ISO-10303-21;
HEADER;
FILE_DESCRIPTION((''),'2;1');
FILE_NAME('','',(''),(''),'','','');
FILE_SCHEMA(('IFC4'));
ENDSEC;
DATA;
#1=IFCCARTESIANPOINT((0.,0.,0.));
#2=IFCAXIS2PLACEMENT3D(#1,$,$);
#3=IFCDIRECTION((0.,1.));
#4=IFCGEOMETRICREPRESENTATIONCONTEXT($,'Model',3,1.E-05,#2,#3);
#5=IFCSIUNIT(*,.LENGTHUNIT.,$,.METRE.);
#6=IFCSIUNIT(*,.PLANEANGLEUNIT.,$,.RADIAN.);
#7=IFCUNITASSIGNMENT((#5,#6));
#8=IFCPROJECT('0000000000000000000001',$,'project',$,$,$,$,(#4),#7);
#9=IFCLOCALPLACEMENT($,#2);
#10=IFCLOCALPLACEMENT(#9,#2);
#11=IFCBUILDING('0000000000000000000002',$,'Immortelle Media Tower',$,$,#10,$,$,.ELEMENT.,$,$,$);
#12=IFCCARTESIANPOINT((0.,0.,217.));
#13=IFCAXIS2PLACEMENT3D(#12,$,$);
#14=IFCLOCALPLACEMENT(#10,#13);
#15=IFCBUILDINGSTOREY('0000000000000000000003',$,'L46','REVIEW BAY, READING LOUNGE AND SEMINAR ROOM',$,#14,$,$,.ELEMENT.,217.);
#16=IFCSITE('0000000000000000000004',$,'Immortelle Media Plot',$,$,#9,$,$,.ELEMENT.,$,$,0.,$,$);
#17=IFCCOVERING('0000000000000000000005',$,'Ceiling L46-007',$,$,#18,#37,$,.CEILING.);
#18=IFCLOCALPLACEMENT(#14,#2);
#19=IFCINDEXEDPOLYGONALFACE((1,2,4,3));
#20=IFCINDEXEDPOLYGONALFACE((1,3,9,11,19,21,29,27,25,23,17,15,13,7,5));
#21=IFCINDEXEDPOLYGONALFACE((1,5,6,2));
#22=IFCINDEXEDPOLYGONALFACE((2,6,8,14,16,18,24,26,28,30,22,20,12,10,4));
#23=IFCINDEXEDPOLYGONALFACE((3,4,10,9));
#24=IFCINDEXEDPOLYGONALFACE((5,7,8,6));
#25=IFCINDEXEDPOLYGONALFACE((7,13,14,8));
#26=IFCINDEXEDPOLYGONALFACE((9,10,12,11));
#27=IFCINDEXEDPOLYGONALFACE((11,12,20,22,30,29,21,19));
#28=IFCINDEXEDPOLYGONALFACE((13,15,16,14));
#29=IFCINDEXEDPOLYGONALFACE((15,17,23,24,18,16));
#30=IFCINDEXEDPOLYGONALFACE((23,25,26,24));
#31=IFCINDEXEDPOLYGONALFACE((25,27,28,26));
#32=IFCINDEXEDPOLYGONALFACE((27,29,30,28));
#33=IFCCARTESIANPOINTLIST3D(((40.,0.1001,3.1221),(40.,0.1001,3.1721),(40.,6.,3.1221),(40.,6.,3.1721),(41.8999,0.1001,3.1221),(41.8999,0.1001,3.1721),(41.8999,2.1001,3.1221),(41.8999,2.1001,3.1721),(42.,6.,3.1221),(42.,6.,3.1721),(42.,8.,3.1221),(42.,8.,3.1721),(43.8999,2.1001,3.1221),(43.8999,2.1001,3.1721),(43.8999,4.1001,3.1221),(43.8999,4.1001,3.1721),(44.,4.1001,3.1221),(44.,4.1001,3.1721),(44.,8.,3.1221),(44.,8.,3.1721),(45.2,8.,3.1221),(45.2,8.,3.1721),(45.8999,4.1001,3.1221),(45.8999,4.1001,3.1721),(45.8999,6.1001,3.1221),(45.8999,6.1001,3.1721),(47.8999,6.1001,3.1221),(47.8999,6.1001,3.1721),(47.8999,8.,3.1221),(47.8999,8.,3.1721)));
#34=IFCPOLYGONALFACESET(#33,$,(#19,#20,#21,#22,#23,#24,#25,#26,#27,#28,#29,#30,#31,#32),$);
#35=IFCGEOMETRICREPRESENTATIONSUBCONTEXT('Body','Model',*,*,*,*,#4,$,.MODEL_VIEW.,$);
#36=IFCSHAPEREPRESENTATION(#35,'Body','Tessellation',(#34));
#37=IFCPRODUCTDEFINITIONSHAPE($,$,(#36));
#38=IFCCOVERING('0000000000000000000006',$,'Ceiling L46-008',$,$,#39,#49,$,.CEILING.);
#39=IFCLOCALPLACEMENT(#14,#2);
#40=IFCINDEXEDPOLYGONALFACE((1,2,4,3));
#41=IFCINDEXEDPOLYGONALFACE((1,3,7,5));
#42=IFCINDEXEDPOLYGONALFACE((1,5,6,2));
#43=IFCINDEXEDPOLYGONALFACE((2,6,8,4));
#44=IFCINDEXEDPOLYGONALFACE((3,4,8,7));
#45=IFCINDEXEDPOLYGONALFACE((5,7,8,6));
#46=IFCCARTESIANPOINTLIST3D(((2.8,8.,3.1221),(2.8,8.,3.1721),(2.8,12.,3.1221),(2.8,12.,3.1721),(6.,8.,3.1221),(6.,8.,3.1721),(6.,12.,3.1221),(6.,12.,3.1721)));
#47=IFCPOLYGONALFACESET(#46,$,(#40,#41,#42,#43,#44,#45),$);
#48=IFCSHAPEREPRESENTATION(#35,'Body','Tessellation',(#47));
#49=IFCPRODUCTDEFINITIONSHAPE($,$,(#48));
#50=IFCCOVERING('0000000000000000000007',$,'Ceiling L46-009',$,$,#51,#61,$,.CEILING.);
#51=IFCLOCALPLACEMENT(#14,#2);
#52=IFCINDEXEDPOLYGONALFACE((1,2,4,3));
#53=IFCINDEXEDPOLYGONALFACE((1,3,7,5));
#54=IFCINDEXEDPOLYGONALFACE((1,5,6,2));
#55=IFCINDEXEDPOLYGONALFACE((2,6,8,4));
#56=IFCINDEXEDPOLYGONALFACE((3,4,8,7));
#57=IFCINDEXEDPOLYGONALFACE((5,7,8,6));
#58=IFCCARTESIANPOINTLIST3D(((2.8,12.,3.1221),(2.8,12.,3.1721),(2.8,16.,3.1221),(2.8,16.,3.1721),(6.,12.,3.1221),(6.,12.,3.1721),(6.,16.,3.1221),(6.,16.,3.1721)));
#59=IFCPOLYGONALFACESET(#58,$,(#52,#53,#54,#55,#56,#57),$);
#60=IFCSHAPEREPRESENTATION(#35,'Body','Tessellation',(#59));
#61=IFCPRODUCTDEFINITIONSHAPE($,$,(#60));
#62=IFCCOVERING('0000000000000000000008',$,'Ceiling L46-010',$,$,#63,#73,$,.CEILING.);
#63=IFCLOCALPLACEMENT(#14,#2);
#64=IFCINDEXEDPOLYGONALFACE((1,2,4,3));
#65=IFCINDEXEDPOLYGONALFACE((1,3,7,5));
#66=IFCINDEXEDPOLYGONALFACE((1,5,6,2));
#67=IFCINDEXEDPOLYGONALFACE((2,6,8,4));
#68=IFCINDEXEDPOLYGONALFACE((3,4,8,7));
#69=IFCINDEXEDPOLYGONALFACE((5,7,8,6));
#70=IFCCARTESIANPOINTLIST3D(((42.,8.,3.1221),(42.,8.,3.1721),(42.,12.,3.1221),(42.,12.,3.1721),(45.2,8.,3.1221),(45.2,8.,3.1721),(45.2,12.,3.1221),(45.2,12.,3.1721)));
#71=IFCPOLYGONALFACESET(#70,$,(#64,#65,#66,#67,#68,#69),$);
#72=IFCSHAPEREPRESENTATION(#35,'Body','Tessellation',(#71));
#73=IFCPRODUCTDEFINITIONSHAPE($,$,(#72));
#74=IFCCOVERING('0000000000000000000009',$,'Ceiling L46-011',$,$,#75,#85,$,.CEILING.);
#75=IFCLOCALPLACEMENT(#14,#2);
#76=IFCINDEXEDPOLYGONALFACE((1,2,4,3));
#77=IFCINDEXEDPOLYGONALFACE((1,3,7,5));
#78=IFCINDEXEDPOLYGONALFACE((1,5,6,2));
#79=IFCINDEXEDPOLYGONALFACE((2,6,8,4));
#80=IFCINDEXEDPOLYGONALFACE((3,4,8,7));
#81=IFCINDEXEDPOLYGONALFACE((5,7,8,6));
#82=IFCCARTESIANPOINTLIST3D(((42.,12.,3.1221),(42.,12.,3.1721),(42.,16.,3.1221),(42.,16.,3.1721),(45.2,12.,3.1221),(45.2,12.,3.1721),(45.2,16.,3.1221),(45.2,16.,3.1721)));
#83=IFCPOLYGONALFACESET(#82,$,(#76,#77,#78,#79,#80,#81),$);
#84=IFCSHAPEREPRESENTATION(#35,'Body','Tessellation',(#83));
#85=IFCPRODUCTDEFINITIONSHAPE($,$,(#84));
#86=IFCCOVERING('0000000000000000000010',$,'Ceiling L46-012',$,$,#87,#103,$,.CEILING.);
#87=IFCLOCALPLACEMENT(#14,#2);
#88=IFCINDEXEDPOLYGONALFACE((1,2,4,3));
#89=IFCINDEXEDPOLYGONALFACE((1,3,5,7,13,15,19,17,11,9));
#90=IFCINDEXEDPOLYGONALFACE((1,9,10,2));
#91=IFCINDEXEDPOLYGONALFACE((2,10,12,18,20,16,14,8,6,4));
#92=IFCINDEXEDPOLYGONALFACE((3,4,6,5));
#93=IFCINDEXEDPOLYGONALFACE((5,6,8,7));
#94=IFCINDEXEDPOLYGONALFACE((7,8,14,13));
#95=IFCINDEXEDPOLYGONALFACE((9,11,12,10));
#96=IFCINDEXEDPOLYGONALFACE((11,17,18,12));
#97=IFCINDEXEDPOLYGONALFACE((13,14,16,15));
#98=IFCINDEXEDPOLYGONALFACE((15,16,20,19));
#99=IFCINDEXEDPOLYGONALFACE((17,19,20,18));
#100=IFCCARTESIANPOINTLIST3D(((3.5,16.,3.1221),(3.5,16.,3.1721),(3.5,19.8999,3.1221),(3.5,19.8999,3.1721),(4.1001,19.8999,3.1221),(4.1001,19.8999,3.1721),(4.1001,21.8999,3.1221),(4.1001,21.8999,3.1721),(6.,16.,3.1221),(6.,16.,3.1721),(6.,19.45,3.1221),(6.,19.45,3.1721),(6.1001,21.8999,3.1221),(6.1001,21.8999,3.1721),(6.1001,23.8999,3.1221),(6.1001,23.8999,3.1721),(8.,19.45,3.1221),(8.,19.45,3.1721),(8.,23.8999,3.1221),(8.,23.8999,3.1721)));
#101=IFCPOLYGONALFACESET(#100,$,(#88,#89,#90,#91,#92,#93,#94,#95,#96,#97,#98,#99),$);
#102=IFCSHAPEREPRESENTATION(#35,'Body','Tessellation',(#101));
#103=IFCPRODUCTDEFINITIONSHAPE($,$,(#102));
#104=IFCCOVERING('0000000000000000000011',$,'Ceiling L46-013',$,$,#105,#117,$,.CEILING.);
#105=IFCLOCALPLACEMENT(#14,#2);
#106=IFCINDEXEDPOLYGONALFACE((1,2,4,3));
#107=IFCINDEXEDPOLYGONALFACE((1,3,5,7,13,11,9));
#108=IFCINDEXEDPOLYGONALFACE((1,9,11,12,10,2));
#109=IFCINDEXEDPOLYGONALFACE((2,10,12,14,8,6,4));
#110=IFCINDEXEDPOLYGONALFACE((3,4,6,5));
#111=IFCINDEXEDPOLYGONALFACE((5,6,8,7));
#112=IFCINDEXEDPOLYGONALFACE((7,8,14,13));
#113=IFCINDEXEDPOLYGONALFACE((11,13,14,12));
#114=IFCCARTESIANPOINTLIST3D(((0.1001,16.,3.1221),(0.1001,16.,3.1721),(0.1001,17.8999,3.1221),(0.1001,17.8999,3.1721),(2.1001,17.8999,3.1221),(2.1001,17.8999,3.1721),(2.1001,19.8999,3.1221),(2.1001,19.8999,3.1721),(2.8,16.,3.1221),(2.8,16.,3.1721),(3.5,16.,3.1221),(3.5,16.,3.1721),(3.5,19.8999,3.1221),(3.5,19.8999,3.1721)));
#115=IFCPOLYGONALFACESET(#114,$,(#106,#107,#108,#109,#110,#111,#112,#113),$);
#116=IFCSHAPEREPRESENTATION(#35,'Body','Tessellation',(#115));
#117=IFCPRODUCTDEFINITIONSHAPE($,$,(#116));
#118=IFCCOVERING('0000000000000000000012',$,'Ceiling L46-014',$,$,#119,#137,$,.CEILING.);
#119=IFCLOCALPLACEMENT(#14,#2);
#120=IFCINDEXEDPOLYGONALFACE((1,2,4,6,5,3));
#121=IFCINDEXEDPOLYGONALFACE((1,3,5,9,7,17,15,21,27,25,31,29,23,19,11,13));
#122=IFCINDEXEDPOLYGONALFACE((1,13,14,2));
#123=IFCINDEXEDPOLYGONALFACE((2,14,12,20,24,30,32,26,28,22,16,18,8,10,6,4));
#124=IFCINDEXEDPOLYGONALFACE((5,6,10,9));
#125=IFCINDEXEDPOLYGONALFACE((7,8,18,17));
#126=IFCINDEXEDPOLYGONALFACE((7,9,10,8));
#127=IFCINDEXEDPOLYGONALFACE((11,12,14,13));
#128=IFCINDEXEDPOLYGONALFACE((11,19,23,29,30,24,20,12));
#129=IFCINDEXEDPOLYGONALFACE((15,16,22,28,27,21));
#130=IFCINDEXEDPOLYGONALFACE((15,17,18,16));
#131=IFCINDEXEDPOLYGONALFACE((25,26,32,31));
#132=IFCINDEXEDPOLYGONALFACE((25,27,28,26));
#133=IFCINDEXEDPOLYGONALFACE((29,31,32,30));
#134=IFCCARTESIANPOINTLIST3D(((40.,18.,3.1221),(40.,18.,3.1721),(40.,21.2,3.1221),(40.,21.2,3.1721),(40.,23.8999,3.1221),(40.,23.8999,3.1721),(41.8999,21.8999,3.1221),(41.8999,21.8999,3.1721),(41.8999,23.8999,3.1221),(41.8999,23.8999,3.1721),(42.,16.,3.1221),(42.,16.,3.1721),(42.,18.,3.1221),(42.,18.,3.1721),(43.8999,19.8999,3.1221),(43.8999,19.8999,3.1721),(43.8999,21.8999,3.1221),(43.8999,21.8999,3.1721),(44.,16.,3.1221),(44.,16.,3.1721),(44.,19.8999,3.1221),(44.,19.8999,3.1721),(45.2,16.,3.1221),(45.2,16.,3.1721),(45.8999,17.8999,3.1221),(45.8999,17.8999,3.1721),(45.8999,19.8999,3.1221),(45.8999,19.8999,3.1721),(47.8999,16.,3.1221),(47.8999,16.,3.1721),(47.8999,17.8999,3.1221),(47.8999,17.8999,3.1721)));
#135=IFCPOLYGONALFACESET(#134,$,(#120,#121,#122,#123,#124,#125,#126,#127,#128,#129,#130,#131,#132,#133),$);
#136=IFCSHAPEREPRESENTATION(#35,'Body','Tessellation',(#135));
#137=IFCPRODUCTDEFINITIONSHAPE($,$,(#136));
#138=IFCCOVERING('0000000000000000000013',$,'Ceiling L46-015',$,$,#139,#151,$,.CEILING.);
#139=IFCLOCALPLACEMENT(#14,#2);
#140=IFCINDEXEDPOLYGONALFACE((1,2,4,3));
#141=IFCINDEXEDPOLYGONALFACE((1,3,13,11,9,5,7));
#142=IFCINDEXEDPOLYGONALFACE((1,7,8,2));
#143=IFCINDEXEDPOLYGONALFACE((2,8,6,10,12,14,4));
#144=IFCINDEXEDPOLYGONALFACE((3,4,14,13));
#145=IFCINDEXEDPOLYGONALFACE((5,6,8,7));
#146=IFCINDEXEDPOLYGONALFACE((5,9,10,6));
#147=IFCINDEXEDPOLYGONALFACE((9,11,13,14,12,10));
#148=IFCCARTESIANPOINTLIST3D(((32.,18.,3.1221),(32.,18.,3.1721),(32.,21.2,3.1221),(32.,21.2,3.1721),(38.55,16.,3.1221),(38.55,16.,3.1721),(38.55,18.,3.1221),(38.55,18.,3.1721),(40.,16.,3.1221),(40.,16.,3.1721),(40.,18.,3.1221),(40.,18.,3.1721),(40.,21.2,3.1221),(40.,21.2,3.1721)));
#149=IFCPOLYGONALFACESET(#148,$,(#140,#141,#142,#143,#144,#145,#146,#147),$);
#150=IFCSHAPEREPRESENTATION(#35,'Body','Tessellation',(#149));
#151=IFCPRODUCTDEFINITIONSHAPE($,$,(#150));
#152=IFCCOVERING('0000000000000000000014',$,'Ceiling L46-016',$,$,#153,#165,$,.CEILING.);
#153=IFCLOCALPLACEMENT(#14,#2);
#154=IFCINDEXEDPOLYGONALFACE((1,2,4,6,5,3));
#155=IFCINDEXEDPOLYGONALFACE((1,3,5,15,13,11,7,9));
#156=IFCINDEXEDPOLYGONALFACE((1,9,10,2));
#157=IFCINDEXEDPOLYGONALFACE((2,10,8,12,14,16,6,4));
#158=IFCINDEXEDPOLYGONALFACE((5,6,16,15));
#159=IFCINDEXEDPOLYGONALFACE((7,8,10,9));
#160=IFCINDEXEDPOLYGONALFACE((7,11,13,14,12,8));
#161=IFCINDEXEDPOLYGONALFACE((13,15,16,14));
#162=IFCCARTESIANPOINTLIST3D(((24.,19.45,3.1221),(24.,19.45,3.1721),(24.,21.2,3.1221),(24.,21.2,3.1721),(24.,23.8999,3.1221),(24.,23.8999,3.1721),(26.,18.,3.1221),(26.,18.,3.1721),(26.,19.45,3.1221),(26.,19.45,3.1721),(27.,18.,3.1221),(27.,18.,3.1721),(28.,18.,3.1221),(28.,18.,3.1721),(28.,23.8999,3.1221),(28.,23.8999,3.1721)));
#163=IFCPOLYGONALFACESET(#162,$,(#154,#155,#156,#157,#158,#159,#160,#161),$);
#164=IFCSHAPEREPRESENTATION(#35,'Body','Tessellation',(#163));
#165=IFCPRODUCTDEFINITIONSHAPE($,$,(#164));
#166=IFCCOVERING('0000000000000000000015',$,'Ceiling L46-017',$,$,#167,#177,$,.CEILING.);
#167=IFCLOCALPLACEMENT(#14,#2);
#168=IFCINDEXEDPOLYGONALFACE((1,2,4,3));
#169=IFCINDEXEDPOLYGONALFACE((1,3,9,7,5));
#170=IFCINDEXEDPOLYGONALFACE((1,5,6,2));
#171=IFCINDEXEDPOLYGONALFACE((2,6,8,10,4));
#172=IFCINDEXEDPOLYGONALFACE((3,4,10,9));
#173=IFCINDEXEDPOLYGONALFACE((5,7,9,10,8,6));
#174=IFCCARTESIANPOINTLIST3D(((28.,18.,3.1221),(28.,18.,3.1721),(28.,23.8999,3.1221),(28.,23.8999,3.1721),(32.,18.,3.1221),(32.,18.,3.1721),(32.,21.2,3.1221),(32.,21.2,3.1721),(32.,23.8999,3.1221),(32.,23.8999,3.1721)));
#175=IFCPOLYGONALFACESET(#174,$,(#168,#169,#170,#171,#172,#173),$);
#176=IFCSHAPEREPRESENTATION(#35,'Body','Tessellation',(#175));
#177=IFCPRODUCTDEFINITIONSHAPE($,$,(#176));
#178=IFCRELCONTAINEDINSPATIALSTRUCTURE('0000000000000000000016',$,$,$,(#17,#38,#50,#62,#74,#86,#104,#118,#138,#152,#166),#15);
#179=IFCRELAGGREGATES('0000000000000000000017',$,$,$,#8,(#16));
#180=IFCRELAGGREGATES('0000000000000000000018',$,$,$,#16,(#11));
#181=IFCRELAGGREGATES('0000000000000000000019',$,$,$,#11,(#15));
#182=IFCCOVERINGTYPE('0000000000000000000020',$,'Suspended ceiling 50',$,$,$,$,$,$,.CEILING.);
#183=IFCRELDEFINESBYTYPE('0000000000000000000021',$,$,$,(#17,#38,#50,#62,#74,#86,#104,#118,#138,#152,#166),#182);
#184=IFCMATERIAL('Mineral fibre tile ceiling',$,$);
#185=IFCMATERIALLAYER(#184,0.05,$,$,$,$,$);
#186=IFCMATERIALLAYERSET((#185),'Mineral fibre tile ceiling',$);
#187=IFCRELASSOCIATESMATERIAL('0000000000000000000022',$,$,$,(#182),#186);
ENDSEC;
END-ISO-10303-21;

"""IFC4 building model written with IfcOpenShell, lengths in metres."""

from ifc_helpers import new_model, si_unit, direction, frame, origin, place, context, subcontext, project, spatial, polyline, outline, extrude, material, layer, layer_set, type_object, element, save


model = new_model("IFC4")

# Units and contexts
model_context = context("Model", 3, precision=1e-05, world=origin(), true_north=direction((0.0, 1.0)))
body_context = subcontext(model_context, "Body", "Model", "MODEL_VIEW")
ifc_project = project(units=[si_unit("LENGTHUNIT", "METRE"), si_unit("PLANEANGLEUNIT", "RADIAN")], contexts=[model_context])

# Site, building, storey
site_placement = place(None, origin())
site = spatial("IfcSite", under=ifc_project, at=site_placement, Name="Immortelle Media Plot", CompositionType="ELEMENT", RefElevation=0.0)
building_placement = place(site_placement, origin())
building = spatial("IfcBuilding", under=site, at=building_placement, Name="Immortelle Media Tower", CompositionType="ELEMENT")
storey_placement = place(building_placement, frame((0.0, 0.0, 217.0)))
storey = spatial("IfcBuildingStorey", under=building, at=storey_placement, Name="L46", Description="REVIEW BAY, READING LOUNGE AND SEMINAR ROOM", CompositionType="ELEMENT", Elevation=217.0)

# Coverings
ifc_material_1 = material(Name="Mineral fibre tile ceiling")
ifc_layer_1 = layer(ifc_material_1, 0.05)
ifc_layer_set_1 = layer_set([ifc_layer_1], Name="Mineral fibre tile ceiling")
covering_type = type_object("IfcCoveringType", Name="Suspended ceiling 50", PredefinedType="CEILING", material=ifc_layer_set_1)
covering_1_placement = place(storey_placement, frame((0.0, 0.0, 3.1221)))
element("IfcCovering", 1, at=covering_1_placement, inside=storey, type_object=covering_type, Name="Ceiling L46-007", PredefinedType="CEILING", context=body_context, shape_type="SweptSolid", body=[
    extrude(outline(polyline([(43.8999, 2.1001), (41.8999, 2.1001), (41.8999, 0.1001), (40.0, 0.1001), (40.0, 6.0), (42.0, 6.0), (42.0, 8.0), (44.0, 8.0), (45.2, 8.0), (47.8999, 8.0), (47.8999, 6.1001), (45.8999, 6.1001), (45.8999, 4.1001), (44.0, 4.1001), (43.8999, 4.1001), (43.8999, 2.1001)])), origin(), (0.0, 0.0, 1.0), 0.05),
])
covering_2_placement = place(storey_placement, frame((0.0, 0.0, 3.1221)))
element("IfcCovering", 2, at=covering_2_placement, inside=storey, type_object=covering_type, Name="Ceiling L46-008", PredefinedType="CEILING", context=body_context, shape_type="SweptSolid", body=[
    extrude(outline(polyline([(2.8, 8.0), (2.8, 12.0), (6.0, 12.0), (6.0, 8.0), (2.8, 8.0)])), origin(), (0.0, 0.0, 1.0), 0.05),
])
covering_3_placement = place(storey_placement, frame((0.0, 0.0, 3.1221)))
element("IfcCovering", 3, at=covering_3_placement, inside=storey, type_object=covering_type, Name="Ceiling L46-009", PredefinedType="CEILING", context=body_context, shape_type="SweptSolid", body=[
    extrude(outline(polyline([(2.8, 16.0), (6.0, 16.0), (6.0, 12.0), (2.8, 12.0), (2.8, 16.0)])), origin(), (0.0, 0.0, 1.0), 0.05),
])
covering_4_placement = place(storey_placement, frame((0.0, 0.0, 3.1221)))
element("IfcCovering", 4, at=covering_4_placement, inside=storey, type_object=covering_type, Name="Ceiling L46-010", PredefinedType="CEILING", context=body_context, shape_type="SweptSolid", body=[
    extrude(outline(polyline([(42.0, 8.0), (42.0, 12.0), (45.2, 12.0), (45.2, 8.0), (42.0, 8.0)])), origin(), (0.0, 0.0, 1.0), 0.05),
])
covering_5_placement = place(storey_placement, frame((0.0, 0.0, 3.1221)))
element("IfcCovering", 5, at=covering_5_placement, inside=storey, type_object=covering_type, Name="Ceiling L46-011", PredefinedType="CEILING", context=body_context, shape_type="SweptSolid", body=[
    extrude(outline(polyline([(42.0, 16.0), (45.2, 16.0), (45.2, 12.0), (42.0, 12.0), (42.0, 16.0)])), origin(), (0.0, 0.0, 1.0), 0.05),
])
covering_6_placement = place(storey_placement, frame((0.0, 0.0, 3.1221)))
element("IfcCovering", 6, at=covering_6_placement, inside=storey, type_object=covering_type, Name="Ceiling L46-012", PredefinedType="CEILING", context=body_context, shape_type="SweptSolid", body=[
    extrude(outline(polyline([(6.0, 16.0), (3.5, 16.0), (3.5, 19.8999), (4.1001, 19.8999), (4.1001, 21.8999), (6.1001, 21.8999), (6.1001, 23.8999), (8.0, 23.8999), (8.0, 19.45), (6.0, 19.45), (6.0, 16.0)])), origin(), (0.0, 0.0, 1.0), 0.05),
])
covering_7_placement = place(storey_placement, frame((0.0, 0.0, 3.1221)))
element("IfcCovering", 7, at=covering_7_placement, inside=storey, type_object=covering_type, Name="Ceiling L46-013", PredefinedType="CEILING", context=body_context, shape_type="SweptSolid", body=[
    extrude(outline(polyline([(2.8, 16.0), (0.1001, 16.0), (0.1001, 17.8999), (2.1001, 17.8999), (2.1001, 19.8999), (3.5, 19.8999), (3.5, 16.0), (2.8, 16.0)])), origin(), (0.0, 0.0, 1.0), 0.05),
])
covering_8_placement = place(storey_placement, frame((0.0, 0.0, 3.1221)))
element("IfcCovering", 8, at=covering_8_placement, inside=storey, type_object=covering_type, Name="Ceiling L46-014", PredefinedType="CEILING", context=body_context, shape_type="SweptSolid", body=[
    extrude(outline(polyline([(45.8999, 19.8999), (45.8999, 17.8999), (47.8999, 17.8999), (47.8999, 16.0), (45.2, 16.0), (44.0, 16.0), (42.0, 16.0), (42.0, 18.0), (40.0, 18.0), (40.0, 21.2), (40.0, 23.8999), (41.8999, 23.8999), (41.8999, 21.8999), (43.8999, 21.8999), (43.8999, 19.8999), (44.0, 19.8999), (45.8999, 19.8999)])), origin(), (0.0, 0.0, 1.0), 0.05),
])
covering_9_placement = place(storey_placement, frame((0.0, 0.0, 3.1221)))
element("IfcCovering", 9, at=covering_9_placement, inside=storey, type_object=covering_type, Name="Ceiling L46-015", PredefinedType="CEILING", context=body_context, shape_type="SweptSolid", body=[
    extrude(outline(polyline([(38.55, 16.0), (38.55, 18.0), (32.0, 18.0), (32.0, 21.2), (40.0, 21.2), (40.0, 18.0), (40.0, 16.0), (38.55, 16.0)])), origin(), (0.0, 0.0, 1.0), 0.05),
])
covering_10_placement = place(storey_placement, frame((0.0, 0.0, 3.1221)))
element("IfcCovering", 10, at=covering_10_placement, inside=storey, type_object=covering_type, Name="Ceiling L46-016", PredefinedType="CEILING", context=body_context, shape_type="SweptSolid", body=[
    extrude(outline(polyline([(26.0, 18.0), (26.0, 19.45), (24.0, 19.45), (24.0, 21.2), (24.0, 23.8999), (28.0, 23.8999), (28.0, 18.0), (27.0, 18.0), (26.0, 18.0)])), origin(), (0.0, 0.0, 1.0), 0.05),
])
covering_11_placement = place(storey_placement, frame((0.0, 0.0, 3.1221)))
element("IfcCovering", 11, at=covering_11_placement, inside=storey, type_object=covering_type, Name="Ceiling L46-017", PredefinedType="CEILING", context=body_context, shape_type="SweptSolid", body=[
    extrude(outline(polyline([(32.0, 23.8999), (32.0, 21.2), (32.0, 18.0), (28.0, 18.0), (28.0, 23.8999), (32.0, 23.8999)])), origin(), (0.0, 0.0, 1.0), 0.05),
])

save(model, "model.ifc")
